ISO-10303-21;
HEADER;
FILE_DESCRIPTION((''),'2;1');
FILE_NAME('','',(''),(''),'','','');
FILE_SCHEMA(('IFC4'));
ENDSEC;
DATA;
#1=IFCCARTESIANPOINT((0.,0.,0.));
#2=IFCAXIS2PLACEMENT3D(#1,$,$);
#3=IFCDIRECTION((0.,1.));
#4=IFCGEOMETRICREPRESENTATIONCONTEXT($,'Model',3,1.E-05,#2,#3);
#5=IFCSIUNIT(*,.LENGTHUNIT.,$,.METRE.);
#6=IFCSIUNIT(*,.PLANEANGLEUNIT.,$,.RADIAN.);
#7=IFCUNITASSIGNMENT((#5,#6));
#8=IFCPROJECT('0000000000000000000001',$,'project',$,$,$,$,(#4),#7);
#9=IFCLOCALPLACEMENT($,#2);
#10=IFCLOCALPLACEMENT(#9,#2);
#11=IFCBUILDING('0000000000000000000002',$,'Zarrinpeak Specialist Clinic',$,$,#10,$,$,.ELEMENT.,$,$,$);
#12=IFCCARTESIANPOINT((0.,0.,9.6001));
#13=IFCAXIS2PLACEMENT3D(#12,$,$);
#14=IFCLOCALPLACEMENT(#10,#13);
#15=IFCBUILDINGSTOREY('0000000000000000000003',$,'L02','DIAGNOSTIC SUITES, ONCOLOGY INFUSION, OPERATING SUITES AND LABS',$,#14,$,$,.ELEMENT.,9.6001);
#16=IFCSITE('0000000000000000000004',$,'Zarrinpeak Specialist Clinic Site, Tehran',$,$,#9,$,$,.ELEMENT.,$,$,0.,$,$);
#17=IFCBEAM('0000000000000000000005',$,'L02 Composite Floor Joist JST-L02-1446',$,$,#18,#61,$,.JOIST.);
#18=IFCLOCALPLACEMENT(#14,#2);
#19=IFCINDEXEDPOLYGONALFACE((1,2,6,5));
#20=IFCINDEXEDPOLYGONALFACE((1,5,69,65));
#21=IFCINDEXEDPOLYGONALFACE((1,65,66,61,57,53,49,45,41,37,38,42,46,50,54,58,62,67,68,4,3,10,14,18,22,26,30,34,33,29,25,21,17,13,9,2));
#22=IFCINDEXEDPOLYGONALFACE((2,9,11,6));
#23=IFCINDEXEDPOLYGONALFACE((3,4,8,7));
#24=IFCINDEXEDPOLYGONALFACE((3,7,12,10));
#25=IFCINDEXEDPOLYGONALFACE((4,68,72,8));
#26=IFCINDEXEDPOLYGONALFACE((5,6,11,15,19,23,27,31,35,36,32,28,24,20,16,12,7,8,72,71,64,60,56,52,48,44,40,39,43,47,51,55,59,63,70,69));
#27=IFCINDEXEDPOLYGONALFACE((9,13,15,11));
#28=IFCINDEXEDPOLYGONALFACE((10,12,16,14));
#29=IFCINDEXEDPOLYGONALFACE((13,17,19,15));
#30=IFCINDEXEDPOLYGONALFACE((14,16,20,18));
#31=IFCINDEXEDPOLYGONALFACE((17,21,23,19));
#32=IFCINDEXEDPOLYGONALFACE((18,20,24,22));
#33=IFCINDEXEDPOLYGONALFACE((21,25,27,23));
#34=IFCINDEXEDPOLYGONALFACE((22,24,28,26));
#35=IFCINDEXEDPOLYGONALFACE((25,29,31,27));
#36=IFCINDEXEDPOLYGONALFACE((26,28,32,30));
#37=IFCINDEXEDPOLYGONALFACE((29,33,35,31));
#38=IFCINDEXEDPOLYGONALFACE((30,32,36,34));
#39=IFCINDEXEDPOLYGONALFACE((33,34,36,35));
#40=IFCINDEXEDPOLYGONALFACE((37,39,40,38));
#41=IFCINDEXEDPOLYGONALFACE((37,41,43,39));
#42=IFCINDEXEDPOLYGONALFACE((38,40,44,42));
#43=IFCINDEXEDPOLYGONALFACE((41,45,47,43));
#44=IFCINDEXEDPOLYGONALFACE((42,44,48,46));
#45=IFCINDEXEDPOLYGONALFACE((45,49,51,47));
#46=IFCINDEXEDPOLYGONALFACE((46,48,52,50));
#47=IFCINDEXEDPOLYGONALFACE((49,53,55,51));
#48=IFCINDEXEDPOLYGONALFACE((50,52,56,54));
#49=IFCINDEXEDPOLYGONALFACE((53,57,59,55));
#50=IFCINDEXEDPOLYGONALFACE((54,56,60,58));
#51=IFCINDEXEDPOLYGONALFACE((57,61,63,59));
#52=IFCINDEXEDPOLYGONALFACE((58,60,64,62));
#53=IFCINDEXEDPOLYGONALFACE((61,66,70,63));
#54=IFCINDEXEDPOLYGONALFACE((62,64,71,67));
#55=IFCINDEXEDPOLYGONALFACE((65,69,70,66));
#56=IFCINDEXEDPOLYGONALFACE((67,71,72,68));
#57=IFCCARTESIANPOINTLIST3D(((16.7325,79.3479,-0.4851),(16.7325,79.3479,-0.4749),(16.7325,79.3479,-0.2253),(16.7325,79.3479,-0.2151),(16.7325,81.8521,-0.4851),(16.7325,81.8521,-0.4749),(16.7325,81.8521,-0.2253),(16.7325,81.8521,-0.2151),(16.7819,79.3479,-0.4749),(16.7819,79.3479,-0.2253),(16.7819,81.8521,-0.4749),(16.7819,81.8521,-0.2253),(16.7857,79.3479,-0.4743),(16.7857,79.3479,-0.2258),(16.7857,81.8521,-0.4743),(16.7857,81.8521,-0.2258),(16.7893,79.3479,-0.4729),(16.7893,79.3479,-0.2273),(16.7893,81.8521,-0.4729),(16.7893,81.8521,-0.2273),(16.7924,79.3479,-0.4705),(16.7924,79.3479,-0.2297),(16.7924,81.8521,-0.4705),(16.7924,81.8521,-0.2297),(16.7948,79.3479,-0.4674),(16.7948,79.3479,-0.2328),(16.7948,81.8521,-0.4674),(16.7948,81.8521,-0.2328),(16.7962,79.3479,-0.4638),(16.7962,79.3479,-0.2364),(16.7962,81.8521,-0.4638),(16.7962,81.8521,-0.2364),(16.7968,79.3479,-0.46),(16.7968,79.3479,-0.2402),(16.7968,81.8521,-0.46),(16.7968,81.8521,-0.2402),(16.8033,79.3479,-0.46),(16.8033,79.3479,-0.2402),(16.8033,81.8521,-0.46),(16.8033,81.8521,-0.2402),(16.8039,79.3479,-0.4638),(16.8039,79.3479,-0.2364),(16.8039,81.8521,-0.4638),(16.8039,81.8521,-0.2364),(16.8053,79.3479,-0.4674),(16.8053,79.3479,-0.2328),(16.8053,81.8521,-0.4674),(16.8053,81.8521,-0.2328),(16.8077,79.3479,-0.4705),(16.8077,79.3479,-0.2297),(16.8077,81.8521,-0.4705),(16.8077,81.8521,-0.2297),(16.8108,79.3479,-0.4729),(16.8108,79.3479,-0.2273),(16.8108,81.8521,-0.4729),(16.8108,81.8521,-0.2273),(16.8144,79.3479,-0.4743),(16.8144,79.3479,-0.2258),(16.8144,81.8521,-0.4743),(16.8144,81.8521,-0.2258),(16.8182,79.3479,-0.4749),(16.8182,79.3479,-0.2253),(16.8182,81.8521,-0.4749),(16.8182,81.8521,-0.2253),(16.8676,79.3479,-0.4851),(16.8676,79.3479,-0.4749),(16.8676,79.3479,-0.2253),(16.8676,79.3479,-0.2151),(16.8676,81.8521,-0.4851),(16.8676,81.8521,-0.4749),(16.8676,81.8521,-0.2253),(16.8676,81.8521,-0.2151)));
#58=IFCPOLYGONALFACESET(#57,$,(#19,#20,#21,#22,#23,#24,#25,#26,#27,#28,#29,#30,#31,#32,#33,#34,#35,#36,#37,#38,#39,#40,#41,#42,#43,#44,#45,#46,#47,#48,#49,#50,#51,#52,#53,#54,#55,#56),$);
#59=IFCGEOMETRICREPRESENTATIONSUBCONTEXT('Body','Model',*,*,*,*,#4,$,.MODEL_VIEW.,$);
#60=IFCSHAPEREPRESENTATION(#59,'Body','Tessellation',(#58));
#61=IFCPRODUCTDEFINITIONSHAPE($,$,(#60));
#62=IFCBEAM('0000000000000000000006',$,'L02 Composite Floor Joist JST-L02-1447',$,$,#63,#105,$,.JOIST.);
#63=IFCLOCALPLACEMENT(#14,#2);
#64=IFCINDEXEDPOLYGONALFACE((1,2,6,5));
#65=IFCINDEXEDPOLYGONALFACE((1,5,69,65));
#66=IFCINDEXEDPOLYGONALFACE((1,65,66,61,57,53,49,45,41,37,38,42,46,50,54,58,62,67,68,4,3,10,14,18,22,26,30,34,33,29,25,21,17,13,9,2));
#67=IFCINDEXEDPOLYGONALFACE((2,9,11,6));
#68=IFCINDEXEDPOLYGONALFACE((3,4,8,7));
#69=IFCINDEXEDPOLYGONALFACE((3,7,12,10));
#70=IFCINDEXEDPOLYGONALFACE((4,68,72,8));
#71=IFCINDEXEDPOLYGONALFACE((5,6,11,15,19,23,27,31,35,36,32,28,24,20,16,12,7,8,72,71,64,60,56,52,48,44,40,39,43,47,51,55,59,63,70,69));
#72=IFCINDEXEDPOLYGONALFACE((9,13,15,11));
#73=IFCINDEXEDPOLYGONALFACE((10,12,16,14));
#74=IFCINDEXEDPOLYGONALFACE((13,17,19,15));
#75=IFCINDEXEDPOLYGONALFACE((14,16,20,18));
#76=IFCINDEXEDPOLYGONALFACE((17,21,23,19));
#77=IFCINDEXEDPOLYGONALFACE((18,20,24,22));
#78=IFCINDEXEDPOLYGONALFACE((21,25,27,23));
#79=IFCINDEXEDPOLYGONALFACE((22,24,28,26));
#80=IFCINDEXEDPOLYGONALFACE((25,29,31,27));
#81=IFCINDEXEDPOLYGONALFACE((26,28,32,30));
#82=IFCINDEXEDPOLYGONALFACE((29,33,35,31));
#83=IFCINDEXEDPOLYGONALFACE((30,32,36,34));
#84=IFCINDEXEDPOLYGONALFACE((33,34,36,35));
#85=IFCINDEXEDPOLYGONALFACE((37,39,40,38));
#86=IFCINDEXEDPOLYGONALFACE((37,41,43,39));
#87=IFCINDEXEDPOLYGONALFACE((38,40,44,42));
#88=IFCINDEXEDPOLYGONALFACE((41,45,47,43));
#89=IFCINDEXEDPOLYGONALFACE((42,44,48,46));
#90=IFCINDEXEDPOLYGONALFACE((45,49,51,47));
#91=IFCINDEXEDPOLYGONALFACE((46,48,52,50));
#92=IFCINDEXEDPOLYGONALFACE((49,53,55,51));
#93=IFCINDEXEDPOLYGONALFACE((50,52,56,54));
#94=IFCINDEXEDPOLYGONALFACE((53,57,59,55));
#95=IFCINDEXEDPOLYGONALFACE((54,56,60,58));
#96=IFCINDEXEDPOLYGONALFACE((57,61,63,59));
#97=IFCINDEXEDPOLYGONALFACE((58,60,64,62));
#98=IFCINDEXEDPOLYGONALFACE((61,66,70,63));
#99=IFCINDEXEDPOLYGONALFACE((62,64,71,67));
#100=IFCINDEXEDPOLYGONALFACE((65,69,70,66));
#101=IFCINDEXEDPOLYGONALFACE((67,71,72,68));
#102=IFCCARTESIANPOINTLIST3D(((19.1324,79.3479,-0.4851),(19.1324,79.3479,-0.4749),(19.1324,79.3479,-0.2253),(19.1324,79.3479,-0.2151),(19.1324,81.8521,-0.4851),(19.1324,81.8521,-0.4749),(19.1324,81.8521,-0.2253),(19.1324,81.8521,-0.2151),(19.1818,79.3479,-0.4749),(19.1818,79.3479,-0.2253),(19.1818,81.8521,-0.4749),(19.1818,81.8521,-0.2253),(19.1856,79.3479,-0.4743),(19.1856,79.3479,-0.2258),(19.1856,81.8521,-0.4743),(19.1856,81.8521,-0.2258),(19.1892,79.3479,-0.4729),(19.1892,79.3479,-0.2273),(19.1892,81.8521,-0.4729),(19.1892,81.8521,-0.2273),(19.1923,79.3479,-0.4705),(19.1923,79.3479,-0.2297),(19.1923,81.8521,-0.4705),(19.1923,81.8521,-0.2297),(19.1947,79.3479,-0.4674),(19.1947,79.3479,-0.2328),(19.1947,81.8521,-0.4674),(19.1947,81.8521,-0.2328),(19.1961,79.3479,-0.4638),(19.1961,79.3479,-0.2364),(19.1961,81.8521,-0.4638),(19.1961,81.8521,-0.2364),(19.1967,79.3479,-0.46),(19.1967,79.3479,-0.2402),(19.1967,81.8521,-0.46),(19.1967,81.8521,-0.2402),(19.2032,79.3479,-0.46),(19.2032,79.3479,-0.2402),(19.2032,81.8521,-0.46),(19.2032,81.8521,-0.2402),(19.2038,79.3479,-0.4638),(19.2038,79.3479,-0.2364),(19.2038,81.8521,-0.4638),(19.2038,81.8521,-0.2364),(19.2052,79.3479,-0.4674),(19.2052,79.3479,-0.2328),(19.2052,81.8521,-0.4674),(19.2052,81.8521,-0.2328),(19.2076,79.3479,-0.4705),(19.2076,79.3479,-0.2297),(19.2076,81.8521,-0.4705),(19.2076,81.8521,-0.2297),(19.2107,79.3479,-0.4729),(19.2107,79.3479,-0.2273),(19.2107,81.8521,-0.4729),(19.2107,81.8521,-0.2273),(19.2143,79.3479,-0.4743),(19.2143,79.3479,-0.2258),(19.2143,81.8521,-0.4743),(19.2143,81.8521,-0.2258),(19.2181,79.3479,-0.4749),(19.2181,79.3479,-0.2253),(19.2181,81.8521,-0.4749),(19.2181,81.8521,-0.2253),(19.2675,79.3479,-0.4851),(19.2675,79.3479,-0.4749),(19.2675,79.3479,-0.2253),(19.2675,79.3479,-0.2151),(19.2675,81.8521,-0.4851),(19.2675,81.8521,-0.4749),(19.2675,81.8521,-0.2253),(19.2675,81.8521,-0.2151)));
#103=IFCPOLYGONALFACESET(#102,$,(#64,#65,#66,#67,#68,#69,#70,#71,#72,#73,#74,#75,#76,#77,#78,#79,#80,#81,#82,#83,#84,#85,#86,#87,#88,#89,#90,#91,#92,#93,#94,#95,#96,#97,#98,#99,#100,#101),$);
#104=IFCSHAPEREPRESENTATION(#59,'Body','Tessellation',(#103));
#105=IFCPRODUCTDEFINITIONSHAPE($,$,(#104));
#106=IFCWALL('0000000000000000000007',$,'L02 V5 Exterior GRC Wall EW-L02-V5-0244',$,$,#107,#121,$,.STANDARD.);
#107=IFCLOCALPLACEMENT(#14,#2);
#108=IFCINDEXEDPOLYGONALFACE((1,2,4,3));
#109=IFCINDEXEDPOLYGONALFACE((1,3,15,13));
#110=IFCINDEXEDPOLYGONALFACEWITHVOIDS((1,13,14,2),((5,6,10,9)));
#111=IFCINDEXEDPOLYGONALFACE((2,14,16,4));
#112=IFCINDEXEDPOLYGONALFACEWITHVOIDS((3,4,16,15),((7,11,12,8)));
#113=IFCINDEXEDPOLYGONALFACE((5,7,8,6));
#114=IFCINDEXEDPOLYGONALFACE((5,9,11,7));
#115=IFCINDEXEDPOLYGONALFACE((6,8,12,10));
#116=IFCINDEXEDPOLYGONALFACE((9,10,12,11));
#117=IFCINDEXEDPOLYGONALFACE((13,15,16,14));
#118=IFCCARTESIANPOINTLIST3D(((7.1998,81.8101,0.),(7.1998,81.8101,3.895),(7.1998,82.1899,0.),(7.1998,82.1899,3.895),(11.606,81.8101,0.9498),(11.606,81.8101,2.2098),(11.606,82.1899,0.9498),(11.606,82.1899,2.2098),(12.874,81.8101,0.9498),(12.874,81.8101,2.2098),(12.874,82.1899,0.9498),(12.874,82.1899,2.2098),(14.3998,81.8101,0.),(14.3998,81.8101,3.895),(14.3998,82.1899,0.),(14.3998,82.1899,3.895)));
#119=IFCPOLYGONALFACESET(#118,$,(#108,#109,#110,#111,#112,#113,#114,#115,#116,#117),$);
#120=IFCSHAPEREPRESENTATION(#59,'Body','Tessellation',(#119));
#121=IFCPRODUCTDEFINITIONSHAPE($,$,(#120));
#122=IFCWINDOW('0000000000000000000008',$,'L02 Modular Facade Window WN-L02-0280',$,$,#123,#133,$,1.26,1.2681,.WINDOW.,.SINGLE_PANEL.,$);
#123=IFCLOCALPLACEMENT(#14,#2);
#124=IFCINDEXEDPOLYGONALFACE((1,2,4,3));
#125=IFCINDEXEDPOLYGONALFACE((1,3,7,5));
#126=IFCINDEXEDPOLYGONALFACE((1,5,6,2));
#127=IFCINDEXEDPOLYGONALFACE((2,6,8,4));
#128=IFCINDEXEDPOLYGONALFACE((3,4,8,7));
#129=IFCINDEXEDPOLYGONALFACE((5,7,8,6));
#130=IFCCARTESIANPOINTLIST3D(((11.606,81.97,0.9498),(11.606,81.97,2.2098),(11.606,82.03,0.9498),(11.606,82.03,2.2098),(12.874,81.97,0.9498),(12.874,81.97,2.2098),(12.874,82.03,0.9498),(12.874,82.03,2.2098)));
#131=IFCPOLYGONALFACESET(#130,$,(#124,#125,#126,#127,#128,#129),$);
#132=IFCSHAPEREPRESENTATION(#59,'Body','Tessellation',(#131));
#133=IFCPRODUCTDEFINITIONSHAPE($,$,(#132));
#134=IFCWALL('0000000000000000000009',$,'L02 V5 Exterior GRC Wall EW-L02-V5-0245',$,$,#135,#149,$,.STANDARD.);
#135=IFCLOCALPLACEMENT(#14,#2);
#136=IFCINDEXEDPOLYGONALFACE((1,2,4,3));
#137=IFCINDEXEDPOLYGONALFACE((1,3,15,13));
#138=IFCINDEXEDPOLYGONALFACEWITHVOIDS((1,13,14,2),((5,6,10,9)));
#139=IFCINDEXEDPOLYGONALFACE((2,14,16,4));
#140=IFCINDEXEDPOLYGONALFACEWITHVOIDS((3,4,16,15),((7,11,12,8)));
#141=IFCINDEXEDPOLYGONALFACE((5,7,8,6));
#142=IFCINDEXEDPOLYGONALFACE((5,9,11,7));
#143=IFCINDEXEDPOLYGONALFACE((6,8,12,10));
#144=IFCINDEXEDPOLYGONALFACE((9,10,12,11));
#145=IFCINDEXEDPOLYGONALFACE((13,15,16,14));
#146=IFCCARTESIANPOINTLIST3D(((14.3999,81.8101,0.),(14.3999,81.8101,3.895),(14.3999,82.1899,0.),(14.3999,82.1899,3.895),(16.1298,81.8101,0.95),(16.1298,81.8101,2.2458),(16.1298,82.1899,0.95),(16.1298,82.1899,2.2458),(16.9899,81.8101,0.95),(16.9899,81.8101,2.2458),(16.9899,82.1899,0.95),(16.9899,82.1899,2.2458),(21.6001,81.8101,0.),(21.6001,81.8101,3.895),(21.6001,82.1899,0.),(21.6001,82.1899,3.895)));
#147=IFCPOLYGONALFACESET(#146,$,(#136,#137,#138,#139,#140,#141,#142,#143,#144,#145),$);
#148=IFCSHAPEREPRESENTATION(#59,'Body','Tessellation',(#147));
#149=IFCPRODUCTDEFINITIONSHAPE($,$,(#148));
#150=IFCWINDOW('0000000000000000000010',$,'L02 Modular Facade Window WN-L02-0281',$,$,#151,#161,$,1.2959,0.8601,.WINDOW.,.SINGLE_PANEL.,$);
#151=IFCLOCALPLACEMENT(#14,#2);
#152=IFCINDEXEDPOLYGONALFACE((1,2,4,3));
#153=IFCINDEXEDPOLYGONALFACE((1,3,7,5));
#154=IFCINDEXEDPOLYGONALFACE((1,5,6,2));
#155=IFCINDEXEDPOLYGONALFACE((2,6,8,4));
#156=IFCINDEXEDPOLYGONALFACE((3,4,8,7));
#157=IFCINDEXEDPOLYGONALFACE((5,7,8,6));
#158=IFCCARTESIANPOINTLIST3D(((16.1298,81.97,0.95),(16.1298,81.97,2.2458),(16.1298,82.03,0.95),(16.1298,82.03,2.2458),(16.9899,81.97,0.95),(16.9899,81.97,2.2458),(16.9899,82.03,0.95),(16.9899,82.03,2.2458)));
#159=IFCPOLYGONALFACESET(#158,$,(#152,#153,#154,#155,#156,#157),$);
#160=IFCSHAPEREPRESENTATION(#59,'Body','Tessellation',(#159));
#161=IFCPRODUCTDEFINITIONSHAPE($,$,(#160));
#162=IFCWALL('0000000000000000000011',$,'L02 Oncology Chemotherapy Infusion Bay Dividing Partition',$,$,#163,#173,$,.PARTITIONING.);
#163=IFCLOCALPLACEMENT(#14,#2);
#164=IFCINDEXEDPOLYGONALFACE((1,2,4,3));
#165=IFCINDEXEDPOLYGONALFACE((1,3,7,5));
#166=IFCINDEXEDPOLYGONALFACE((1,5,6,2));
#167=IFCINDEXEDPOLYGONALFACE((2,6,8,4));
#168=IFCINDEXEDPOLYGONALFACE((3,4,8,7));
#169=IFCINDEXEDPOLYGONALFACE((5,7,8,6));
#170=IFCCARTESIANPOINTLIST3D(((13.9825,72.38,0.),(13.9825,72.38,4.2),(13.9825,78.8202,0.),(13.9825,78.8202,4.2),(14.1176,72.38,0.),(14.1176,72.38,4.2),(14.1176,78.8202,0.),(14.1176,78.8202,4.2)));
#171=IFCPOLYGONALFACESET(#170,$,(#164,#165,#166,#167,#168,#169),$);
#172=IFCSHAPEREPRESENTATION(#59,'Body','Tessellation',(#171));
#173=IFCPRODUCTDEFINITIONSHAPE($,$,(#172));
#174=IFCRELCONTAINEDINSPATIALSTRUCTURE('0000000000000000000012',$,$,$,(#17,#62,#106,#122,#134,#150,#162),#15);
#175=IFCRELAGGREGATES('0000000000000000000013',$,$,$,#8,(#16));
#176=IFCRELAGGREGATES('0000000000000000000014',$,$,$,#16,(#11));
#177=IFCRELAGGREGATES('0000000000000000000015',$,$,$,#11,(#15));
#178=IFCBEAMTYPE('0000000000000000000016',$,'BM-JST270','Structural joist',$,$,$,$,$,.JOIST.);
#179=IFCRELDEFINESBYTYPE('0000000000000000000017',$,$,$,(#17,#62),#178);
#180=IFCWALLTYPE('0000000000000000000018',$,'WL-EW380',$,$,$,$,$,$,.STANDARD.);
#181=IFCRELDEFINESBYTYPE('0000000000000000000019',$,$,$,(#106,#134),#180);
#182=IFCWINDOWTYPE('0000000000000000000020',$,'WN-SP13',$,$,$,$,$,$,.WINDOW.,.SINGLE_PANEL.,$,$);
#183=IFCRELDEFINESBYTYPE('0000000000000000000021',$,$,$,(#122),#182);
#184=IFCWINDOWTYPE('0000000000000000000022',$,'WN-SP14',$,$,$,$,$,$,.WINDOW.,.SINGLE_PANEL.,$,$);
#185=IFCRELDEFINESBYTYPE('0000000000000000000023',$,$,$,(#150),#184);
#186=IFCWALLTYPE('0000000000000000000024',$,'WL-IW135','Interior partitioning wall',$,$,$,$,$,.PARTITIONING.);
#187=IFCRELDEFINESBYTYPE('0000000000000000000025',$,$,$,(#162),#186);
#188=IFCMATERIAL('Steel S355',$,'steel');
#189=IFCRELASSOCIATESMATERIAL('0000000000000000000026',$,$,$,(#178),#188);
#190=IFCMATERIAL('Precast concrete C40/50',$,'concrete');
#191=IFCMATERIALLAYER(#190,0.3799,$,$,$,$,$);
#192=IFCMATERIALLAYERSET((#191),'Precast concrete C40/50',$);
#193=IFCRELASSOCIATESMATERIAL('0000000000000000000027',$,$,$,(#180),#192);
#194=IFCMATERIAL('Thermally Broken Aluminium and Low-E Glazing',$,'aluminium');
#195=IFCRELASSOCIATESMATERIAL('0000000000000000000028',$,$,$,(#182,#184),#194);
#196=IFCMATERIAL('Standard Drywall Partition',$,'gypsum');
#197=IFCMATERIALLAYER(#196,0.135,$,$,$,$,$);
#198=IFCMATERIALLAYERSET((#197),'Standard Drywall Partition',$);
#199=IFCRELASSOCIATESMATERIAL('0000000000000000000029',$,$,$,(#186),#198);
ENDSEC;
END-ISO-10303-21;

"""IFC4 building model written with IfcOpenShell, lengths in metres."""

from ifc_helpers import new_model, si_unit, direction, frame, frame_2d, origin, origin_2d, place, context, subcontext, project, spatial, rectangle, i_section, extrude, material, layer, layer_set, material_profile, profile_set, type_object, element, fill, save


model = new_model("IFC4")

# Units and contexts
model_context = context("Model", 3, precision=1e-05, world=origin(), true_north=direction((0.0, 1.0)))
body_context = subcontext(model_context, "Body", "Model", "MODEL_VIEW")
ifc_project = project(units=[si_unit("LENGTHUNIT", "METRE"), si_unit("PLANEANGLEUNIT", "RADIAN")], contexts=[model_context])

# Site, building, storey
site_placement = place(None, origin())
site = spatial("IfcSite", under=ifc_project, at=site_placement, Name="Zarrinpeak Specialist Clinic Site, Tehran", CompositionType="ELEMENT", RefElevation=0.0)
building_placement = place(site_placement, origin())
building = spatial("IfcBuilding", under=site, at=building_placement, Name="Zarrinpeak Specialist Clinic", CompositionType="ELEMENT")
storey_placement = place(building_placement, frame((0.0, 0.0, 9.6001)))
storey = spatial("IfcBuildingStorey", under=building, at=storey_placement, Name="L02", Description="DIAGNOSTIC SUITES, ONCOLOGY INFUSION, OPERATING SUITES AND LABS", CompositionType="ELEMENT", Elevation=9.6001)

# Shared definitions
ifc_material_1 = material(Name="Steel S355", Category="steel")

# Beams
ifc_material_profile_1 = material_profile(ifc_material_1, i_section(OverallWidth=0.135, OverallDepth=0.27, WebThickness=0.0066, FlangeThickness=0.0103, FilletRadius=0.0149, at=origin_2d()), Name="IPE 270")
ifc_profile_set_1 = profile_set([ifc_material_profile_1], Name="Steel S355")
beam_type_1 = type_object("IfcBeamType", Name="BM-JST270", Description="Structural joist", PredefinedType="JOIST", material=ifc_profile_set_1)
for number, where, z_axis, x_axis, name in (
    (1, (16.8, 79.3479, -0.3501), (0.0, 1.0, 0.0), (-1.0, 0.0, 0.0), "L02 Composite Floor Joist JST-L02-1446"),
    (2, (19.2, 79.3479, -0.3501), (0.0, 1.0, 0.0), (-1.0, 0.0, 0.0), "L02 Composite Floor Joist JST-L02-1447"),
):
    element("IfcBeam", number, at=place(storey_placement, frame(where, z_axis=z_axis, x_axis=x_axis)), inside=storey, type_object=beam_type_1, Name=name, PredefinedType="JOIST", context=body_context, shape_type="SweptSolid", body=[
        extrude(i_section(OverallWidth=0.135, OverallDepth=0.27, WebThickness=0.0066, FlangeThickness=0.0103, FilletRadius=0.0149, at=origin_2d()), origin(), (0.0, 0.0, 1.0), 2.5042),
    ])

# Walls, openings, windows
ifc_material_2 = material(Name="Precast concrete C40/50", Category="concrete")
ifc_layer_1 = layer(ifc_material_2, 0.3799)
ifc_layer_set_1 = layer_set([ifc_layer_1], Name="Precast concrete C40/50")
wall_type_1 = type_object("IfcWallType", Name="WL-EW380", PredefinedType="STANDARD", material=ifc_layer_set_1)
wall_1_placement = place(storey_placement, frame((14.3999, 82.0, 0.0), z_axis=(0.0, 0.0, 1.0), x_axis=(-1.0, 0.0, 0.0)))
wall_1 = element("IfcWall", 3, at=wall_1_placement, inside=storey, type_object=wall_type_1, Name="L02 V5 Exterior GRC Wall EW-L02-V5-0244", PredefinedType="STANDARD", context=body_context, shape_type="SweptSolid", body=[
    extrude(rectangle(XDim=7.2, YDim=0.3799, at=frame_2d((3.6001, 0.0))), origin(), (0.0, 0.0, 1.0), 3.895),
])
opening_1_placement = place(wall_1_placement, frame((1.5259, 0.0, 0.95)))
opening_1 = element("IfcOpeningElement", 4, at=opening_1_placement, cuts=wall_1, PredefinedType="OPENING", context=body_context, shape_type="SweptSolid", body=[
    extrude(rectangle(XDim=1.2681, YDim=1.26, at=frame_2d((0.634, 0.6299))), frame((0.0, 0.2, 0.0), z_axis=(0.0, -1.0, 0.0), x_axis=(1.0, 0.0, 0.0)), (0.0, 0.0, 1.0), 0.3999),
])
ifc_material_3 = material(Name="Thermally Broken Aluminium and Low-E Glazing", Category="aluminium")
window_type_1 = type_object("IfcWindowType", Name="WN-SP13", PartitioningType="SINGLE_PANEL", PredefinedType="WINDOW", material=ifc_material_3)
window_1_placement = place(opening_1_placement, origin())
window_1 = element("IfcWindow", 5, at=window_1_placement, inside=storey, type_object=window_type_1, Name="L02 Modular Facade Window WN-L02-0280", OverallHeight=1.26, OverallWidth=1.2681, PartitioningType="SINGLE_PANEL", PredefinedType="WINDOW", context=body_context, shape_type="SweptSolid", body=[
    extrude(rectangle(XDim=1.2681, YDim=1.26, at=frame_2d((0.634, 0.6299))), frame((0.0, 0.03, 0.0), z_axis=(0.0, -1.0, 0.0), x_axis=(1.0, 0.0, 0.0)), (0.0, 0.0, 1.0), 0.0601),
])
fill(opening_1, window_1)
wall_2_placement = place(storey_placement, frame((21.6001, 82.0, 0.0), z_axis=(0.0, 0.0, 1.0), x_axis=(-1.0, 0.0, 0.0)))
wall_2 = element("IfcWall", 6, at=wall_2_placement, inside=storey, type_object=wall_type_1, Name="L02 V5 Exterior GRC Wall EW-L02-V5-0245", PredefinedType="STANDARD", context=body_context, shape_type="SweptSolid", body=[
    extrude(rectangle(XDim=7.2002, YDim=0.3799, at=frame_2d((3.6001, 0.0))), origin(), (0.0, 0.0, 1.0), 3.895),
])
opening_2_placement = place(wall_2_placement, frame((4.6101, 0.0, 0.95)))
opening_2 = element("IfcOpeningElement", 7, at=opening_2_placement, cuts=wall_2, PredefinedType="OPENING", context=body_context, shape_type="SweptSolid", body=[
    extrude(rectangle(XDim=0.8601, YDim=1.2959, at=frame_2d((0.4302, 0.6479))), frame((0.0, 0.2, 0.0), z_axis=(0.0, -1.0, 0.0), x_axis=(1.0, 0.0, 0.0)), (0.0, 0.0, 1.0), 0.3999),
])
window_type_2 = type_object("IfcWindowType", Name="WN-SP14", PartitioningType="SINGLE_PANEL", PredefinedType="WINDOW", material=ifc_material_3)
window_2_placement = place(opening_2_placement, origin())
window_2 = element("IfcWindow", 8, at=window_2_placement, inside=storey, type_object=window_type_2, Name="L02 Modular Facade Window WN-L02-0281", OverallHeight=1.2959, OverallWidth=0.8601, PartitioningType="SINGLE_PANEL", PredefinedType="WINDOW", context=body_context, shape_type="SweptSolid", body=[
    extrude(rectangle(XDim=0.8601, YDim=1.2959, at=frame_2d((0.4302, 0.6479))), frame((0.0, 0.03, 0.0), z_axis=(0.0, -1.0, 0.0), x_axis=(1.0, 0.0, 0.0)), (0.0, 0.0, 1.0), 0.0601),
])
fill(opening_2, window_2)

# Wall
ifc_material_4 = material(Name="Standard Drywall Partition", Category="gypsum")
ifc_layer_2 = layer(ifc_material_4, 0.135)
ifc_layer_set_2 = layer_set([ifc_layer_2], Name="Standard Drywall Partition")
wall_type_2 = type_object("IfcWallType", Name="WL-IW135", Description="Interior partitioning wall", PredefinedType="PARTITIONING", material=ifc_layer_set_2)
wall_3_placement = place(storey_placement, frame((14.05, 72.3799, 0.0), z_axis=(0.0, 0.0, 1.0), x_axis=(0.0, 1.0, 0.0)))
element("IfcWall", 9, at=wall_3_placement, inside=storey, type_object=wall_type_2, Name="L02 Oncology Chemotherapy Infusion Bay Dividing Partition", PredefinedType="PARTITIONING", context=body_context, shape_type="SweptSolid", body=[
    extrude(rectangle(XDim=6.4402, YDim=0.135, at=frame_2d((3.2202, 0.0))), origin(), (0.0, 0.0, 1.0), 4.2),
])

save(model, "model.ifc")
